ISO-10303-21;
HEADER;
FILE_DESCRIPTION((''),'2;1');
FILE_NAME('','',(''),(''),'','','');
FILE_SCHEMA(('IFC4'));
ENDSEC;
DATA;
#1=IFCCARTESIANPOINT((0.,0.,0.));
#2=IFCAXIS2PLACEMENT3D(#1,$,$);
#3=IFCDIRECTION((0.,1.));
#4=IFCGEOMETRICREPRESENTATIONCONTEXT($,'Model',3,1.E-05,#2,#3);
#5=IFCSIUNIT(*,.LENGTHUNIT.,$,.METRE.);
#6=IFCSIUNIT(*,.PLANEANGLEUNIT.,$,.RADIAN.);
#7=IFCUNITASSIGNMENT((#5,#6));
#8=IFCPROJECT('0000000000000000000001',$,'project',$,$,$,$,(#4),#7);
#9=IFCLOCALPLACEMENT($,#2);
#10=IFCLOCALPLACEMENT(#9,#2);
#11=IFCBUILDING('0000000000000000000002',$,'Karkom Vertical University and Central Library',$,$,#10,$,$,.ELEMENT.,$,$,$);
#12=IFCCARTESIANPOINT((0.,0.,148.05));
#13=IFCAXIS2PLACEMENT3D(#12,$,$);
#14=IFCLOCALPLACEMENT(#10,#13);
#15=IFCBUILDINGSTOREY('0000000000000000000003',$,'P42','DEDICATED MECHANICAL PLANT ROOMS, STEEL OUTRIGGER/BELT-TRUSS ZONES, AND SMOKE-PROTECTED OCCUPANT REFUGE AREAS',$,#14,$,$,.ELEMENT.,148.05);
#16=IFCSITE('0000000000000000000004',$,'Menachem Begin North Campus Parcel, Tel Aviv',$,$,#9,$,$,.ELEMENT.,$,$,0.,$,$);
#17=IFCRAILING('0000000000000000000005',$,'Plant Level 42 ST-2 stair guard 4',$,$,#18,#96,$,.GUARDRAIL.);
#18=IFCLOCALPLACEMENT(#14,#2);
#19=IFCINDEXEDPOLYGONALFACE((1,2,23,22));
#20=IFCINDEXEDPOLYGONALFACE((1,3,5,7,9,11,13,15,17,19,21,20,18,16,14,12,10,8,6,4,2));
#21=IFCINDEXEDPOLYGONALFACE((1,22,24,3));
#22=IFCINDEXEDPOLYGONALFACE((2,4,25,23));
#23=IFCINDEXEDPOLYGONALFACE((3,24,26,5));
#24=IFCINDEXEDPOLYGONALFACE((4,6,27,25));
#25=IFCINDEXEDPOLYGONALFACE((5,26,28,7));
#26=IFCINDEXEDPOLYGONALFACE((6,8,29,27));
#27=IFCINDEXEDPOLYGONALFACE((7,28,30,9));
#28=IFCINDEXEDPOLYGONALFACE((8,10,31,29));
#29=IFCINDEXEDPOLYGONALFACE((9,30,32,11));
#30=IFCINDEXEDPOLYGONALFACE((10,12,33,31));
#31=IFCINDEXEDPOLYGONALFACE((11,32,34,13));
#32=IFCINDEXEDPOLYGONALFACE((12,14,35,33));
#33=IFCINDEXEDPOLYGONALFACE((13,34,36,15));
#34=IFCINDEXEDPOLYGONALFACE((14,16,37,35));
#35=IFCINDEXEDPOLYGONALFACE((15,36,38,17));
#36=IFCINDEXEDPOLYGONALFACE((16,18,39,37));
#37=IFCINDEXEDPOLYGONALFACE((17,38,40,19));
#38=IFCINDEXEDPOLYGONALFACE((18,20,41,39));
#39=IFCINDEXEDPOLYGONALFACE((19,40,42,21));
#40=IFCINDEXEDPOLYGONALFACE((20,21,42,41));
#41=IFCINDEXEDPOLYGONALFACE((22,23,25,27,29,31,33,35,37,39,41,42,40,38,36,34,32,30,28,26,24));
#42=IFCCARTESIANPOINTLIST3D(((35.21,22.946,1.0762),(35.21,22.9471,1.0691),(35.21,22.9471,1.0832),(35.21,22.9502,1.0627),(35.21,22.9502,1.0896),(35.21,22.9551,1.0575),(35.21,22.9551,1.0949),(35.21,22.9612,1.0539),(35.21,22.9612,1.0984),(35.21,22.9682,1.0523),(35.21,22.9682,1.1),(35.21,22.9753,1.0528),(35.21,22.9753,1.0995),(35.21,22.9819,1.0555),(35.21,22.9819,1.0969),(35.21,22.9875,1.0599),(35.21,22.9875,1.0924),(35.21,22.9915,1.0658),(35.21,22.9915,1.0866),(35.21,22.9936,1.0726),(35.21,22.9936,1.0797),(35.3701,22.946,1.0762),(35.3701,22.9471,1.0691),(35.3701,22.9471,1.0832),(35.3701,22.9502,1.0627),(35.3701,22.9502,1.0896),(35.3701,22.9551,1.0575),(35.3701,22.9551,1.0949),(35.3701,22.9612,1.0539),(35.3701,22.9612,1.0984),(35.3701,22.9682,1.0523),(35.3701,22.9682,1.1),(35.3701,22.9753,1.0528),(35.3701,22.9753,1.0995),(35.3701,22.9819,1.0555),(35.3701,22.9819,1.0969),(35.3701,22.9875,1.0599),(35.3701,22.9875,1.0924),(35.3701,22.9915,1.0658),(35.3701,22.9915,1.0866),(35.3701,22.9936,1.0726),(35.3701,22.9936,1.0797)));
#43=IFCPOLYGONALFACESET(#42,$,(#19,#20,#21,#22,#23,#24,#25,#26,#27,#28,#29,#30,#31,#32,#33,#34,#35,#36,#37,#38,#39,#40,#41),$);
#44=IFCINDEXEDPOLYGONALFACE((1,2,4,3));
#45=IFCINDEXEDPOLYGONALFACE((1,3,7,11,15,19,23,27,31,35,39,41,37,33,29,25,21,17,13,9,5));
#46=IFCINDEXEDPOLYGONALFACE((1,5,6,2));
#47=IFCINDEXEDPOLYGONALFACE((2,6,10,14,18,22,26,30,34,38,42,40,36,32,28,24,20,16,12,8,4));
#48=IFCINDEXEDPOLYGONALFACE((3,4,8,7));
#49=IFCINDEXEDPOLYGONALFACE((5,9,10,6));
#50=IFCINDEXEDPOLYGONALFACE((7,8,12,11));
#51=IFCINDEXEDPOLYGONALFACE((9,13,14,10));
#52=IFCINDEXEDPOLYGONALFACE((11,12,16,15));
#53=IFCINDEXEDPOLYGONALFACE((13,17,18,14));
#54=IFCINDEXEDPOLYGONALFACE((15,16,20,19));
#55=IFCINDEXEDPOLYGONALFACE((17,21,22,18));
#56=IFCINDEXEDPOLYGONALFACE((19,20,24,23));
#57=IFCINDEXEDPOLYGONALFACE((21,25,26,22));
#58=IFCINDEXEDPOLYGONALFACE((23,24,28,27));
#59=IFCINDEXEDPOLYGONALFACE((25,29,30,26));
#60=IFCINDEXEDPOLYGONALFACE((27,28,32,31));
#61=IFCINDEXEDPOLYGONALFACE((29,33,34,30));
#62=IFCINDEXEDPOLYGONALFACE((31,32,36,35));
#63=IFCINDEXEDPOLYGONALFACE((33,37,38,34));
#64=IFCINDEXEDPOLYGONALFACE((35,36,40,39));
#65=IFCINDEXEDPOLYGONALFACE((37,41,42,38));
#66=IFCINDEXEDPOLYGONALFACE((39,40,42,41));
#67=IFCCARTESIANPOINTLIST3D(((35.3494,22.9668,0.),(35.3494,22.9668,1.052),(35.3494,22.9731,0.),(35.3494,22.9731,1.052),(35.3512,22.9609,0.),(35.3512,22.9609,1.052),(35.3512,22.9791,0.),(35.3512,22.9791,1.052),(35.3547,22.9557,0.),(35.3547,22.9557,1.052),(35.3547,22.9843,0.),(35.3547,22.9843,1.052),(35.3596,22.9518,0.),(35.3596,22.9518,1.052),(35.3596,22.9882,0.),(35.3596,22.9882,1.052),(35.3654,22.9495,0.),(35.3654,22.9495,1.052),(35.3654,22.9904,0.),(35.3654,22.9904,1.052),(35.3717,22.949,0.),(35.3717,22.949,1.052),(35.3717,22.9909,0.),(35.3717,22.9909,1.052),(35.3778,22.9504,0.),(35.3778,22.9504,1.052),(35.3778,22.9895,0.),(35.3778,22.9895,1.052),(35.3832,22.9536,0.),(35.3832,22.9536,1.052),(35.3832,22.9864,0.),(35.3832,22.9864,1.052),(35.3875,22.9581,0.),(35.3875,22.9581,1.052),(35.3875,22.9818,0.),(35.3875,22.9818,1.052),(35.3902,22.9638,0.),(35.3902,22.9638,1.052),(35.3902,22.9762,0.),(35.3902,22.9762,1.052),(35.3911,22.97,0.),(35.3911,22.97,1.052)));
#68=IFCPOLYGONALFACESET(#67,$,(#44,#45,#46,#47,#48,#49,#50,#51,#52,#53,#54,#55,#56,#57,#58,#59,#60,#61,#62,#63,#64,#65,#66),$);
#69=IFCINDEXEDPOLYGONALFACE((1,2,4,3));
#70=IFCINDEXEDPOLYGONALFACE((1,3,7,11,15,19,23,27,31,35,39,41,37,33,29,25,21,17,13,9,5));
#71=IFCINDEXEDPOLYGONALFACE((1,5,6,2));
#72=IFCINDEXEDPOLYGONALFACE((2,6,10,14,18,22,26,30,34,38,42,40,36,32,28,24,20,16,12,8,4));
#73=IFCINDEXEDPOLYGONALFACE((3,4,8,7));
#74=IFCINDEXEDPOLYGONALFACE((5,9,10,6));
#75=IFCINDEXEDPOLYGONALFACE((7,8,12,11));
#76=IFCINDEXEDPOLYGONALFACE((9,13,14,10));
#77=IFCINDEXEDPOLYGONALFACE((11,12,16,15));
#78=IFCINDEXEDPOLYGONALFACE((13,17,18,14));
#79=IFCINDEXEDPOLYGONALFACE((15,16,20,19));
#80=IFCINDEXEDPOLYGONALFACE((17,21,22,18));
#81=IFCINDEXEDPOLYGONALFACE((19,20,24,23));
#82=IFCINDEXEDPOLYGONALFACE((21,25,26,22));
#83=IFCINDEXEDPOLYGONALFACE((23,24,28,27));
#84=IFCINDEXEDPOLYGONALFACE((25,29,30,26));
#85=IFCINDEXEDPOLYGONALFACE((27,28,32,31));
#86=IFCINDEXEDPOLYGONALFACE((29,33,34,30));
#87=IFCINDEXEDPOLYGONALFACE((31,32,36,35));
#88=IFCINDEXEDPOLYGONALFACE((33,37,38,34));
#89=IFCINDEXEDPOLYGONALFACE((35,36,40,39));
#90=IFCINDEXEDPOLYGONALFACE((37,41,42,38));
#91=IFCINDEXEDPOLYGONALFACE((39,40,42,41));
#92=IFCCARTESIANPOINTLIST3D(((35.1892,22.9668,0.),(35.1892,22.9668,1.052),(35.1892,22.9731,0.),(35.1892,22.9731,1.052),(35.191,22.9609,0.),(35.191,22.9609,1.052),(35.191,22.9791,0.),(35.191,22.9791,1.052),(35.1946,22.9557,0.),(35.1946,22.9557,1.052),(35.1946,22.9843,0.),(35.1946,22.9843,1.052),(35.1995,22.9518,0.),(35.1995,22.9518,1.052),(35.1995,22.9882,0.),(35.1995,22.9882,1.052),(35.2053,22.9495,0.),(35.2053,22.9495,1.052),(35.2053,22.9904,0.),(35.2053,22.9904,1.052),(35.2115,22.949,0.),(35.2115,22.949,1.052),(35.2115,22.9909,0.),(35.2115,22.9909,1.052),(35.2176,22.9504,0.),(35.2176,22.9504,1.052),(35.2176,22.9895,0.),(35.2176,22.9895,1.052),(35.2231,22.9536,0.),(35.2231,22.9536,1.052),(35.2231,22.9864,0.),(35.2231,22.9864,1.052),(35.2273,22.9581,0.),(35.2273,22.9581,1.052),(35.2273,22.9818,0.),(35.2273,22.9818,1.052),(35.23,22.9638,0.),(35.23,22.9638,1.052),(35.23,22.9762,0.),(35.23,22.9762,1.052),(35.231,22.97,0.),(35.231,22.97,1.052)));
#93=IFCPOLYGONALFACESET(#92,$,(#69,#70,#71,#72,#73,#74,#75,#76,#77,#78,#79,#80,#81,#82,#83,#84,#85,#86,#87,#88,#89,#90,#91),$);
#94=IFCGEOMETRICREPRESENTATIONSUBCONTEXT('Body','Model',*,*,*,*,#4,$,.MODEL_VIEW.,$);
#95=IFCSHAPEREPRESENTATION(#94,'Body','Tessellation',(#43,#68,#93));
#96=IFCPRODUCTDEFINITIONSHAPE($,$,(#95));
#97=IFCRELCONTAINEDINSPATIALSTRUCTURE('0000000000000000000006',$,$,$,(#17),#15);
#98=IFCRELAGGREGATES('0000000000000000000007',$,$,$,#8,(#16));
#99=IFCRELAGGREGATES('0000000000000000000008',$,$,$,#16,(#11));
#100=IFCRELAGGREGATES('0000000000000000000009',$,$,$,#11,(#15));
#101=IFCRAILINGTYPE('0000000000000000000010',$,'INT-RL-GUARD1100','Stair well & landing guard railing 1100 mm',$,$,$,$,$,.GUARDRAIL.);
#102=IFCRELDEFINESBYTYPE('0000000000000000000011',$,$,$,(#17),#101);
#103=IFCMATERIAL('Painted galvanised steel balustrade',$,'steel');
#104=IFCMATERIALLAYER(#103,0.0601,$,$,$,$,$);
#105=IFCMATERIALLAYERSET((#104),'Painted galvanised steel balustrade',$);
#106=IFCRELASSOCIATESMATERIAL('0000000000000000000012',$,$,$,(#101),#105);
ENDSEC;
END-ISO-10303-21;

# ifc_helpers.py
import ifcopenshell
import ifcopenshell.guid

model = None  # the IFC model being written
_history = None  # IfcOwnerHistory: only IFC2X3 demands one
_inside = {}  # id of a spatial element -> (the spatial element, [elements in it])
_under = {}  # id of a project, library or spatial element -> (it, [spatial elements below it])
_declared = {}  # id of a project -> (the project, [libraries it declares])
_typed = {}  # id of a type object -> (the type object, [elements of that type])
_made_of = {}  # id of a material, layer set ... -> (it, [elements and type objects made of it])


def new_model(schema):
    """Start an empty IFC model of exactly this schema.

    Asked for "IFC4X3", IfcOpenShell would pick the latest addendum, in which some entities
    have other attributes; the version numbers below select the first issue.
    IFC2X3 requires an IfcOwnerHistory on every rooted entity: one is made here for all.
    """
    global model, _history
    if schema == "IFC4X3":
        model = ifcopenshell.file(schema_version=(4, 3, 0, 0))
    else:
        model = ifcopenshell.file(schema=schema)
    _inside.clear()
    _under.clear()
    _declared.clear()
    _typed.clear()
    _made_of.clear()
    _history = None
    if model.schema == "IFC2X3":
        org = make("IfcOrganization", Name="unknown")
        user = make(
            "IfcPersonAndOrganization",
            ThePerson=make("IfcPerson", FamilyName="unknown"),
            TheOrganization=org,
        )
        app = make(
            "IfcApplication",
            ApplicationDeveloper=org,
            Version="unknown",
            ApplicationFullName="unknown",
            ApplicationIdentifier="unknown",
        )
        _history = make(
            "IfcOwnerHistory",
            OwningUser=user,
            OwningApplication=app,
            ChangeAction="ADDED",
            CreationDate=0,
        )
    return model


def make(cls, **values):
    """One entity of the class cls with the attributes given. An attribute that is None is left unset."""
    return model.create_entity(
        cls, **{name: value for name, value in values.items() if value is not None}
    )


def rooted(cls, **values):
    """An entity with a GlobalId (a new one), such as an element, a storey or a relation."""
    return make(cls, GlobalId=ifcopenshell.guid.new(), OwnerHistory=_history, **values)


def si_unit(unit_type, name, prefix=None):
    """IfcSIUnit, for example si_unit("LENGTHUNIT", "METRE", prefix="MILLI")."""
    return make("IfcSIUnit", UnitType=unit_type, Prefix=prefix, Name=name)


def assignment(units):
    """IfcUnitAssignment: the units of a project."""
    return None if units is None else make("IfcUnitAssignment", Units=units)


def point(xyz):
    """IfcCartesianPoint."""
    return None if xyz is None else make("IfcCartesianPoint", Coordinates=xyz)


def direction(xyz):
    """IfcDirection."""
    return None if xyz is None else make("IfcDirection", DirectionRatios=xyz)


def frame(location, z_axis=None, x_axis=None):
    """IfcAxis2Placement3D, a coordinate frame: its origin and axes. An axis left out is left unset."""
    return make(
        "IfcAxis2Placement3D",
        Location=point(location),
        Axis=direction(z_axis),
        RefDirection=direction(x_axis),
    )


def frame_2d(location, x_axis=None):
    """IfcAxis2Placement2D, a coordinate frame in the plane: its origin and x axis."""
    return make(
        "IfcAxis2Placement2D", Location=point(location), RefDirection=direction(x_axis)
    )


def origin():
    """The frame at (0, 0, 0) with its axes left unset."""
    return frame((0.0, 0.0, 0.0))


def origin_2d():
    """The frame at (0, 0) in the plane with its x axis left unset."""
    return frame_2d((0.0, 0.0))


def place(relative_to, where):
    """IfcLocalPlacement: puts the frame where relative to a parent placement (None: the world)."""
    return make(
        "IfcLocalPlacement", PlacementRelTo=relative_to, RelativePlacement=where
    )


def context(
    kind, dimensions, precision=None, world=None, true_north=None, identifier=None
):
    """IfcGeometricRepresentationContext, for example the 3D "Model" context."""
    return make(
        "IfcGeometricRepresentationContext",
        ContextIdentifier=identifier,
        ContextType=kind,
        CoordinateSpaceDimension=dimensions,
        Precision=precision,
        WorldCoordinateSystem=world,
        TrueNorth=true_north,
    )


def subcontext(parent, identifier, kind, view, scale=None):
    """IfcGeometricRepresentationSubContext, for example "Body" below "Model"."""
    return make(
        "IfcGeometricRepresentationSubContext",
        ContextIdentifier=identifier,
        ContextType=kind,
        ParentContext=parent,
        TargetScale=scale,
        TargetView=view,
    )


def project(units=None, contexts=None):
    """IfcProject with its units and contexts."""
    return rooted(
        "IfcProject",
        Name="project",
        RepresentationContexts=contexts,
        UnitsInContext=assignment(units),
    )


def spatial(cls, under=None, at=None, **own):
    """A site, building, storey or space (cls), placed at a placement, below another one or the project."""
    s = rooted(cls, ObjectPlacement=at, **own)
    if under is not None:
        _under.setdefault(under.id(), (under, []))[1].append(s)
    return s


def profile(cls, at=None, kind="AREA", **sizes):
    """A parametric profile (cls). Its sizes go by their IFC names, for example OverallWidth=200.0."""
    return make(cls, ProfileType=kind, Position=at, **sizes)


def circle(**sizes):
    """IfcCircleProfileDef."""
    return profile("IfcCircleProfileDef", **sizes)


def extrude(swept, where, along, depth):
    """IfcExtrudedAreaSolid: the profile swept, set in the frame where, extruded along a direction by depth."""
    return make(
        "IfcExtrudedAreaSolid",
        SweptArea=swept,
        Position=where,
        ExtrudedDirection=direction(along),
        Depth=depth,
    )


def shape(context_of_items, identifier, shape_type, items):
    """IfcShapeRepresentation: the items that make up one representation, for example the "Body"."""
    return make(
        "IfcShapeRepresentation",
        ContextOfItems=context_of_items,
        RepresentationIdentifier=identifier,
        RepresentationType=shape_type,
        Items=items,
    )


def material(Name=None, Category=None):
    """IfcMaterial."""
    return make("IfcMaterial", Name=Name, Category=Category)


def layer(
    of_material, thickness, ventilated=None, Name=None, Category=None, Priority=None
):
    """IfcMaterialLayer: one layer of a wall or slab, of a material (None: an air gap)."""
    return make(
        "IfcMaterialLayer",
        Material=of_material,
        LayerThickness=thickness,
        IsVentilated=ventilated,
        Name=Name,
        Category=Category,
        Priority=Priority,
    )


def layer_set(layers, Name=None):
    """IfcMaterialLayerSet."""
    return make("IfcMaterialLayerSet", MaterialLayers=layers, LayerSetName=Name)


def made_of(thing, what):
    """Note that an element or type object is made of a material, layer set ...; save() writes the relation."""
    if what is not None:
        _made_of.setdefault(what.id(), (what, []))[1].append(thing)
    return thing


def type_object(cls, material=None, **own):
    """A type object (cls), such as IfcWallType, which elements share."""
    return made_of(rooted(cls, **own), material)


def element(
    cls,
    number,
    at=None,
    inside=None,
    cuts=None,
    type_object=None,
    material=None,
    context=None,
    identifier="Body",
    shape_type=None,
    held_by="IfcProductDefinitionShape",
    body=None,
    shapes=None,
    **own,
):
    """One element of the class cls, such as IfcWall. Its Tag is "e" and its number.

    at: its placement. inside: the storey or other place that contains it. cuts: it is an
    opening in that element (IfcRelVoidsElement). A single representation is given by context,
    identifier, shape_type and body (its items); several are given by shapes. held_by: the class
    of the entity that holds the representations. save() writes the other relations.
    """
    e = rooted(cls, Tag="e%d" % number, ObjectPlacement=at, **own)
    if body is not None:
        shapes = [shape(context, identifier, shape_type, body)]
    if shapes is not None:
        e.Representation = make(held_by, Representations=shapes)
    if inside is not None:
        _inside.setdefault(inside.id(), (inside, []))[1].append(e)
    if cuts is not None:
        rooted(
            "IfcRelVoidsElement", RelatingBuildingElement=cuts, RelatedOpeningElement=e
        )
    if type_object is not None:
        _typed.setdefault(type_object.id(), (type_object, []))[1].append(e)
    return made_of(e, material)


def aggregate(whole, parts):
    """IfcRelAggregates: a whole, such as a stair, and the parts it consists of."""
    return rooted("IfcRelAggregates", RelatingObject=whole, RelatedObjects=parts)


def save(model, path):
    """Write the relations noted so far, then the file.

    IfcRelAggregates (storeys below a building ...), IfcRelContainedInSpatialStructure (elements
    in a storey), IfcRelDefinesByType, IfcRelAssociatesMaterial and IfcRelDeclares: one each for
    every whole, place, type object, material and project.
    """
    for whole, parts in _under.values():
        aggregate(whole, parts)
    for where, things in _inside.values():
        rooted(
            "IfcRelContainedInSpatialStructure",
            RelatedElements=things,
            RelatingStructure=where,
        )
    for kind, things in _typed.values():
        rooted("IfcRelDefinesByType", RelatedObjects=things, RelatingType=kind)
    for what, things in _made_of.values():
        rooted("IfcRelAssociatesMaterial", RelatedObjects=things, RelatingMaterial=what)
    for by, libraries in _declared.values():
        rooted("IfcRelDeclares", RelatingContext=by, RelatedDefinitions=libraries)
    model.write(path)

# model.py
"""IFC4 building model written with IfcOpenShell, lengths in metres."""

from ifc_helpers import new_model, si_unit, direction, frame, origin, origin_2d, place, context, subcontext, project, spatial, circle, extrude, material, layer, layer_set, type_object, element, save


model = new_model("IFC4")

# Units and contexts
model_context = context("Model", 3, precision=1e-05, world=origin(), true_north=direction((0.0, 1.0)))
body_context = subcontext(model_context, "Body", "Model", "MODEL_VIEW")
ifc_project = project(units=[si_unit("LENGTHUNIT", "METRE"), si_unit("PLANEANGLEUNIT", "RADIAN")], contexts=[model_context])

# Site, building, storey
site_placement = place(None, origin())
site = spatial("IfcSite", under=ifc_project, at=site_placement, Name="Menachem Begin North Campus Parcel, Tel Aviv", CompositionType="ELEMENT", RefElevation=0.0)
building_placement = place(site_placement, origin())
building = spatial("IfcBuilding", under=site, at=building_placement, Name="Karkom Vertical University and Central Library", CompositionType="ELEMENT")
storey_placement = place(building_placement, frame((0.0, 0.0, 148.05)))
storey = spatial("IfcBuildingStorey", under=building, at=storey_placement, Name="P42", Description="DEDICATED MECHANICAL PLANT ROOMS, STEEL OUTRIGGER/BELT-TRUSS ZONES, AND SMOKE-PROTECTED OCCUPANT REFUGE AREAS", CompositionType="ELEMENT", Elevation=148.05)

# Railing
ifc_material_1 = material(Name="Painted galvanised steel balustrade", Category="steel")
ifc_layer_1 = layer(ifc_material_1, 0.0601)
ifc_layer_set_1 = layer_set([ifc_layer_1], Name="Painted galvanised steel balustrade")
railing_type_1 = type_object("IfcRailingType", Name="INT-RL-GUARD1100", Description="Stair well & landing guard railing 1100 mm", PredefinedType="GUARDRAIL", material=ifc_layer_set_1)
railing_1_placement = place(storey_placement, frame((35.3701, 22.97, 0.0)))
element("IfcRailing", 1, at=railing_1_placement, inside=storey, type_object=railing_type_1, Name="Plant Level 42 ST-2 stair guard 4", PredefinedType="GUARDRAIL", context=body_context, shape_type="SweptSolid", body=[
    extrude(circle(Radius=0.0239, at=origin_2d()), frame((0.0, 0.0, 1.0762), z_axis=(-1.0, 0.0, 0.0), x_axis=(0.0, -1.0, 0.0)), (0.0, 0.0, 1.0), 0.1602),
    extrude(circle(Radius=0.021, at=origin_2d()), origin(), (0.0, 0.0, 1.0), 1.052),
    extrude(circle(Radius=0.021, at=origin_2d()), frame((-0.1602, 0.0, 0.0)), (0.0, 0.0, 1.0), 1.052),
])

save(model, "model.ifc")
